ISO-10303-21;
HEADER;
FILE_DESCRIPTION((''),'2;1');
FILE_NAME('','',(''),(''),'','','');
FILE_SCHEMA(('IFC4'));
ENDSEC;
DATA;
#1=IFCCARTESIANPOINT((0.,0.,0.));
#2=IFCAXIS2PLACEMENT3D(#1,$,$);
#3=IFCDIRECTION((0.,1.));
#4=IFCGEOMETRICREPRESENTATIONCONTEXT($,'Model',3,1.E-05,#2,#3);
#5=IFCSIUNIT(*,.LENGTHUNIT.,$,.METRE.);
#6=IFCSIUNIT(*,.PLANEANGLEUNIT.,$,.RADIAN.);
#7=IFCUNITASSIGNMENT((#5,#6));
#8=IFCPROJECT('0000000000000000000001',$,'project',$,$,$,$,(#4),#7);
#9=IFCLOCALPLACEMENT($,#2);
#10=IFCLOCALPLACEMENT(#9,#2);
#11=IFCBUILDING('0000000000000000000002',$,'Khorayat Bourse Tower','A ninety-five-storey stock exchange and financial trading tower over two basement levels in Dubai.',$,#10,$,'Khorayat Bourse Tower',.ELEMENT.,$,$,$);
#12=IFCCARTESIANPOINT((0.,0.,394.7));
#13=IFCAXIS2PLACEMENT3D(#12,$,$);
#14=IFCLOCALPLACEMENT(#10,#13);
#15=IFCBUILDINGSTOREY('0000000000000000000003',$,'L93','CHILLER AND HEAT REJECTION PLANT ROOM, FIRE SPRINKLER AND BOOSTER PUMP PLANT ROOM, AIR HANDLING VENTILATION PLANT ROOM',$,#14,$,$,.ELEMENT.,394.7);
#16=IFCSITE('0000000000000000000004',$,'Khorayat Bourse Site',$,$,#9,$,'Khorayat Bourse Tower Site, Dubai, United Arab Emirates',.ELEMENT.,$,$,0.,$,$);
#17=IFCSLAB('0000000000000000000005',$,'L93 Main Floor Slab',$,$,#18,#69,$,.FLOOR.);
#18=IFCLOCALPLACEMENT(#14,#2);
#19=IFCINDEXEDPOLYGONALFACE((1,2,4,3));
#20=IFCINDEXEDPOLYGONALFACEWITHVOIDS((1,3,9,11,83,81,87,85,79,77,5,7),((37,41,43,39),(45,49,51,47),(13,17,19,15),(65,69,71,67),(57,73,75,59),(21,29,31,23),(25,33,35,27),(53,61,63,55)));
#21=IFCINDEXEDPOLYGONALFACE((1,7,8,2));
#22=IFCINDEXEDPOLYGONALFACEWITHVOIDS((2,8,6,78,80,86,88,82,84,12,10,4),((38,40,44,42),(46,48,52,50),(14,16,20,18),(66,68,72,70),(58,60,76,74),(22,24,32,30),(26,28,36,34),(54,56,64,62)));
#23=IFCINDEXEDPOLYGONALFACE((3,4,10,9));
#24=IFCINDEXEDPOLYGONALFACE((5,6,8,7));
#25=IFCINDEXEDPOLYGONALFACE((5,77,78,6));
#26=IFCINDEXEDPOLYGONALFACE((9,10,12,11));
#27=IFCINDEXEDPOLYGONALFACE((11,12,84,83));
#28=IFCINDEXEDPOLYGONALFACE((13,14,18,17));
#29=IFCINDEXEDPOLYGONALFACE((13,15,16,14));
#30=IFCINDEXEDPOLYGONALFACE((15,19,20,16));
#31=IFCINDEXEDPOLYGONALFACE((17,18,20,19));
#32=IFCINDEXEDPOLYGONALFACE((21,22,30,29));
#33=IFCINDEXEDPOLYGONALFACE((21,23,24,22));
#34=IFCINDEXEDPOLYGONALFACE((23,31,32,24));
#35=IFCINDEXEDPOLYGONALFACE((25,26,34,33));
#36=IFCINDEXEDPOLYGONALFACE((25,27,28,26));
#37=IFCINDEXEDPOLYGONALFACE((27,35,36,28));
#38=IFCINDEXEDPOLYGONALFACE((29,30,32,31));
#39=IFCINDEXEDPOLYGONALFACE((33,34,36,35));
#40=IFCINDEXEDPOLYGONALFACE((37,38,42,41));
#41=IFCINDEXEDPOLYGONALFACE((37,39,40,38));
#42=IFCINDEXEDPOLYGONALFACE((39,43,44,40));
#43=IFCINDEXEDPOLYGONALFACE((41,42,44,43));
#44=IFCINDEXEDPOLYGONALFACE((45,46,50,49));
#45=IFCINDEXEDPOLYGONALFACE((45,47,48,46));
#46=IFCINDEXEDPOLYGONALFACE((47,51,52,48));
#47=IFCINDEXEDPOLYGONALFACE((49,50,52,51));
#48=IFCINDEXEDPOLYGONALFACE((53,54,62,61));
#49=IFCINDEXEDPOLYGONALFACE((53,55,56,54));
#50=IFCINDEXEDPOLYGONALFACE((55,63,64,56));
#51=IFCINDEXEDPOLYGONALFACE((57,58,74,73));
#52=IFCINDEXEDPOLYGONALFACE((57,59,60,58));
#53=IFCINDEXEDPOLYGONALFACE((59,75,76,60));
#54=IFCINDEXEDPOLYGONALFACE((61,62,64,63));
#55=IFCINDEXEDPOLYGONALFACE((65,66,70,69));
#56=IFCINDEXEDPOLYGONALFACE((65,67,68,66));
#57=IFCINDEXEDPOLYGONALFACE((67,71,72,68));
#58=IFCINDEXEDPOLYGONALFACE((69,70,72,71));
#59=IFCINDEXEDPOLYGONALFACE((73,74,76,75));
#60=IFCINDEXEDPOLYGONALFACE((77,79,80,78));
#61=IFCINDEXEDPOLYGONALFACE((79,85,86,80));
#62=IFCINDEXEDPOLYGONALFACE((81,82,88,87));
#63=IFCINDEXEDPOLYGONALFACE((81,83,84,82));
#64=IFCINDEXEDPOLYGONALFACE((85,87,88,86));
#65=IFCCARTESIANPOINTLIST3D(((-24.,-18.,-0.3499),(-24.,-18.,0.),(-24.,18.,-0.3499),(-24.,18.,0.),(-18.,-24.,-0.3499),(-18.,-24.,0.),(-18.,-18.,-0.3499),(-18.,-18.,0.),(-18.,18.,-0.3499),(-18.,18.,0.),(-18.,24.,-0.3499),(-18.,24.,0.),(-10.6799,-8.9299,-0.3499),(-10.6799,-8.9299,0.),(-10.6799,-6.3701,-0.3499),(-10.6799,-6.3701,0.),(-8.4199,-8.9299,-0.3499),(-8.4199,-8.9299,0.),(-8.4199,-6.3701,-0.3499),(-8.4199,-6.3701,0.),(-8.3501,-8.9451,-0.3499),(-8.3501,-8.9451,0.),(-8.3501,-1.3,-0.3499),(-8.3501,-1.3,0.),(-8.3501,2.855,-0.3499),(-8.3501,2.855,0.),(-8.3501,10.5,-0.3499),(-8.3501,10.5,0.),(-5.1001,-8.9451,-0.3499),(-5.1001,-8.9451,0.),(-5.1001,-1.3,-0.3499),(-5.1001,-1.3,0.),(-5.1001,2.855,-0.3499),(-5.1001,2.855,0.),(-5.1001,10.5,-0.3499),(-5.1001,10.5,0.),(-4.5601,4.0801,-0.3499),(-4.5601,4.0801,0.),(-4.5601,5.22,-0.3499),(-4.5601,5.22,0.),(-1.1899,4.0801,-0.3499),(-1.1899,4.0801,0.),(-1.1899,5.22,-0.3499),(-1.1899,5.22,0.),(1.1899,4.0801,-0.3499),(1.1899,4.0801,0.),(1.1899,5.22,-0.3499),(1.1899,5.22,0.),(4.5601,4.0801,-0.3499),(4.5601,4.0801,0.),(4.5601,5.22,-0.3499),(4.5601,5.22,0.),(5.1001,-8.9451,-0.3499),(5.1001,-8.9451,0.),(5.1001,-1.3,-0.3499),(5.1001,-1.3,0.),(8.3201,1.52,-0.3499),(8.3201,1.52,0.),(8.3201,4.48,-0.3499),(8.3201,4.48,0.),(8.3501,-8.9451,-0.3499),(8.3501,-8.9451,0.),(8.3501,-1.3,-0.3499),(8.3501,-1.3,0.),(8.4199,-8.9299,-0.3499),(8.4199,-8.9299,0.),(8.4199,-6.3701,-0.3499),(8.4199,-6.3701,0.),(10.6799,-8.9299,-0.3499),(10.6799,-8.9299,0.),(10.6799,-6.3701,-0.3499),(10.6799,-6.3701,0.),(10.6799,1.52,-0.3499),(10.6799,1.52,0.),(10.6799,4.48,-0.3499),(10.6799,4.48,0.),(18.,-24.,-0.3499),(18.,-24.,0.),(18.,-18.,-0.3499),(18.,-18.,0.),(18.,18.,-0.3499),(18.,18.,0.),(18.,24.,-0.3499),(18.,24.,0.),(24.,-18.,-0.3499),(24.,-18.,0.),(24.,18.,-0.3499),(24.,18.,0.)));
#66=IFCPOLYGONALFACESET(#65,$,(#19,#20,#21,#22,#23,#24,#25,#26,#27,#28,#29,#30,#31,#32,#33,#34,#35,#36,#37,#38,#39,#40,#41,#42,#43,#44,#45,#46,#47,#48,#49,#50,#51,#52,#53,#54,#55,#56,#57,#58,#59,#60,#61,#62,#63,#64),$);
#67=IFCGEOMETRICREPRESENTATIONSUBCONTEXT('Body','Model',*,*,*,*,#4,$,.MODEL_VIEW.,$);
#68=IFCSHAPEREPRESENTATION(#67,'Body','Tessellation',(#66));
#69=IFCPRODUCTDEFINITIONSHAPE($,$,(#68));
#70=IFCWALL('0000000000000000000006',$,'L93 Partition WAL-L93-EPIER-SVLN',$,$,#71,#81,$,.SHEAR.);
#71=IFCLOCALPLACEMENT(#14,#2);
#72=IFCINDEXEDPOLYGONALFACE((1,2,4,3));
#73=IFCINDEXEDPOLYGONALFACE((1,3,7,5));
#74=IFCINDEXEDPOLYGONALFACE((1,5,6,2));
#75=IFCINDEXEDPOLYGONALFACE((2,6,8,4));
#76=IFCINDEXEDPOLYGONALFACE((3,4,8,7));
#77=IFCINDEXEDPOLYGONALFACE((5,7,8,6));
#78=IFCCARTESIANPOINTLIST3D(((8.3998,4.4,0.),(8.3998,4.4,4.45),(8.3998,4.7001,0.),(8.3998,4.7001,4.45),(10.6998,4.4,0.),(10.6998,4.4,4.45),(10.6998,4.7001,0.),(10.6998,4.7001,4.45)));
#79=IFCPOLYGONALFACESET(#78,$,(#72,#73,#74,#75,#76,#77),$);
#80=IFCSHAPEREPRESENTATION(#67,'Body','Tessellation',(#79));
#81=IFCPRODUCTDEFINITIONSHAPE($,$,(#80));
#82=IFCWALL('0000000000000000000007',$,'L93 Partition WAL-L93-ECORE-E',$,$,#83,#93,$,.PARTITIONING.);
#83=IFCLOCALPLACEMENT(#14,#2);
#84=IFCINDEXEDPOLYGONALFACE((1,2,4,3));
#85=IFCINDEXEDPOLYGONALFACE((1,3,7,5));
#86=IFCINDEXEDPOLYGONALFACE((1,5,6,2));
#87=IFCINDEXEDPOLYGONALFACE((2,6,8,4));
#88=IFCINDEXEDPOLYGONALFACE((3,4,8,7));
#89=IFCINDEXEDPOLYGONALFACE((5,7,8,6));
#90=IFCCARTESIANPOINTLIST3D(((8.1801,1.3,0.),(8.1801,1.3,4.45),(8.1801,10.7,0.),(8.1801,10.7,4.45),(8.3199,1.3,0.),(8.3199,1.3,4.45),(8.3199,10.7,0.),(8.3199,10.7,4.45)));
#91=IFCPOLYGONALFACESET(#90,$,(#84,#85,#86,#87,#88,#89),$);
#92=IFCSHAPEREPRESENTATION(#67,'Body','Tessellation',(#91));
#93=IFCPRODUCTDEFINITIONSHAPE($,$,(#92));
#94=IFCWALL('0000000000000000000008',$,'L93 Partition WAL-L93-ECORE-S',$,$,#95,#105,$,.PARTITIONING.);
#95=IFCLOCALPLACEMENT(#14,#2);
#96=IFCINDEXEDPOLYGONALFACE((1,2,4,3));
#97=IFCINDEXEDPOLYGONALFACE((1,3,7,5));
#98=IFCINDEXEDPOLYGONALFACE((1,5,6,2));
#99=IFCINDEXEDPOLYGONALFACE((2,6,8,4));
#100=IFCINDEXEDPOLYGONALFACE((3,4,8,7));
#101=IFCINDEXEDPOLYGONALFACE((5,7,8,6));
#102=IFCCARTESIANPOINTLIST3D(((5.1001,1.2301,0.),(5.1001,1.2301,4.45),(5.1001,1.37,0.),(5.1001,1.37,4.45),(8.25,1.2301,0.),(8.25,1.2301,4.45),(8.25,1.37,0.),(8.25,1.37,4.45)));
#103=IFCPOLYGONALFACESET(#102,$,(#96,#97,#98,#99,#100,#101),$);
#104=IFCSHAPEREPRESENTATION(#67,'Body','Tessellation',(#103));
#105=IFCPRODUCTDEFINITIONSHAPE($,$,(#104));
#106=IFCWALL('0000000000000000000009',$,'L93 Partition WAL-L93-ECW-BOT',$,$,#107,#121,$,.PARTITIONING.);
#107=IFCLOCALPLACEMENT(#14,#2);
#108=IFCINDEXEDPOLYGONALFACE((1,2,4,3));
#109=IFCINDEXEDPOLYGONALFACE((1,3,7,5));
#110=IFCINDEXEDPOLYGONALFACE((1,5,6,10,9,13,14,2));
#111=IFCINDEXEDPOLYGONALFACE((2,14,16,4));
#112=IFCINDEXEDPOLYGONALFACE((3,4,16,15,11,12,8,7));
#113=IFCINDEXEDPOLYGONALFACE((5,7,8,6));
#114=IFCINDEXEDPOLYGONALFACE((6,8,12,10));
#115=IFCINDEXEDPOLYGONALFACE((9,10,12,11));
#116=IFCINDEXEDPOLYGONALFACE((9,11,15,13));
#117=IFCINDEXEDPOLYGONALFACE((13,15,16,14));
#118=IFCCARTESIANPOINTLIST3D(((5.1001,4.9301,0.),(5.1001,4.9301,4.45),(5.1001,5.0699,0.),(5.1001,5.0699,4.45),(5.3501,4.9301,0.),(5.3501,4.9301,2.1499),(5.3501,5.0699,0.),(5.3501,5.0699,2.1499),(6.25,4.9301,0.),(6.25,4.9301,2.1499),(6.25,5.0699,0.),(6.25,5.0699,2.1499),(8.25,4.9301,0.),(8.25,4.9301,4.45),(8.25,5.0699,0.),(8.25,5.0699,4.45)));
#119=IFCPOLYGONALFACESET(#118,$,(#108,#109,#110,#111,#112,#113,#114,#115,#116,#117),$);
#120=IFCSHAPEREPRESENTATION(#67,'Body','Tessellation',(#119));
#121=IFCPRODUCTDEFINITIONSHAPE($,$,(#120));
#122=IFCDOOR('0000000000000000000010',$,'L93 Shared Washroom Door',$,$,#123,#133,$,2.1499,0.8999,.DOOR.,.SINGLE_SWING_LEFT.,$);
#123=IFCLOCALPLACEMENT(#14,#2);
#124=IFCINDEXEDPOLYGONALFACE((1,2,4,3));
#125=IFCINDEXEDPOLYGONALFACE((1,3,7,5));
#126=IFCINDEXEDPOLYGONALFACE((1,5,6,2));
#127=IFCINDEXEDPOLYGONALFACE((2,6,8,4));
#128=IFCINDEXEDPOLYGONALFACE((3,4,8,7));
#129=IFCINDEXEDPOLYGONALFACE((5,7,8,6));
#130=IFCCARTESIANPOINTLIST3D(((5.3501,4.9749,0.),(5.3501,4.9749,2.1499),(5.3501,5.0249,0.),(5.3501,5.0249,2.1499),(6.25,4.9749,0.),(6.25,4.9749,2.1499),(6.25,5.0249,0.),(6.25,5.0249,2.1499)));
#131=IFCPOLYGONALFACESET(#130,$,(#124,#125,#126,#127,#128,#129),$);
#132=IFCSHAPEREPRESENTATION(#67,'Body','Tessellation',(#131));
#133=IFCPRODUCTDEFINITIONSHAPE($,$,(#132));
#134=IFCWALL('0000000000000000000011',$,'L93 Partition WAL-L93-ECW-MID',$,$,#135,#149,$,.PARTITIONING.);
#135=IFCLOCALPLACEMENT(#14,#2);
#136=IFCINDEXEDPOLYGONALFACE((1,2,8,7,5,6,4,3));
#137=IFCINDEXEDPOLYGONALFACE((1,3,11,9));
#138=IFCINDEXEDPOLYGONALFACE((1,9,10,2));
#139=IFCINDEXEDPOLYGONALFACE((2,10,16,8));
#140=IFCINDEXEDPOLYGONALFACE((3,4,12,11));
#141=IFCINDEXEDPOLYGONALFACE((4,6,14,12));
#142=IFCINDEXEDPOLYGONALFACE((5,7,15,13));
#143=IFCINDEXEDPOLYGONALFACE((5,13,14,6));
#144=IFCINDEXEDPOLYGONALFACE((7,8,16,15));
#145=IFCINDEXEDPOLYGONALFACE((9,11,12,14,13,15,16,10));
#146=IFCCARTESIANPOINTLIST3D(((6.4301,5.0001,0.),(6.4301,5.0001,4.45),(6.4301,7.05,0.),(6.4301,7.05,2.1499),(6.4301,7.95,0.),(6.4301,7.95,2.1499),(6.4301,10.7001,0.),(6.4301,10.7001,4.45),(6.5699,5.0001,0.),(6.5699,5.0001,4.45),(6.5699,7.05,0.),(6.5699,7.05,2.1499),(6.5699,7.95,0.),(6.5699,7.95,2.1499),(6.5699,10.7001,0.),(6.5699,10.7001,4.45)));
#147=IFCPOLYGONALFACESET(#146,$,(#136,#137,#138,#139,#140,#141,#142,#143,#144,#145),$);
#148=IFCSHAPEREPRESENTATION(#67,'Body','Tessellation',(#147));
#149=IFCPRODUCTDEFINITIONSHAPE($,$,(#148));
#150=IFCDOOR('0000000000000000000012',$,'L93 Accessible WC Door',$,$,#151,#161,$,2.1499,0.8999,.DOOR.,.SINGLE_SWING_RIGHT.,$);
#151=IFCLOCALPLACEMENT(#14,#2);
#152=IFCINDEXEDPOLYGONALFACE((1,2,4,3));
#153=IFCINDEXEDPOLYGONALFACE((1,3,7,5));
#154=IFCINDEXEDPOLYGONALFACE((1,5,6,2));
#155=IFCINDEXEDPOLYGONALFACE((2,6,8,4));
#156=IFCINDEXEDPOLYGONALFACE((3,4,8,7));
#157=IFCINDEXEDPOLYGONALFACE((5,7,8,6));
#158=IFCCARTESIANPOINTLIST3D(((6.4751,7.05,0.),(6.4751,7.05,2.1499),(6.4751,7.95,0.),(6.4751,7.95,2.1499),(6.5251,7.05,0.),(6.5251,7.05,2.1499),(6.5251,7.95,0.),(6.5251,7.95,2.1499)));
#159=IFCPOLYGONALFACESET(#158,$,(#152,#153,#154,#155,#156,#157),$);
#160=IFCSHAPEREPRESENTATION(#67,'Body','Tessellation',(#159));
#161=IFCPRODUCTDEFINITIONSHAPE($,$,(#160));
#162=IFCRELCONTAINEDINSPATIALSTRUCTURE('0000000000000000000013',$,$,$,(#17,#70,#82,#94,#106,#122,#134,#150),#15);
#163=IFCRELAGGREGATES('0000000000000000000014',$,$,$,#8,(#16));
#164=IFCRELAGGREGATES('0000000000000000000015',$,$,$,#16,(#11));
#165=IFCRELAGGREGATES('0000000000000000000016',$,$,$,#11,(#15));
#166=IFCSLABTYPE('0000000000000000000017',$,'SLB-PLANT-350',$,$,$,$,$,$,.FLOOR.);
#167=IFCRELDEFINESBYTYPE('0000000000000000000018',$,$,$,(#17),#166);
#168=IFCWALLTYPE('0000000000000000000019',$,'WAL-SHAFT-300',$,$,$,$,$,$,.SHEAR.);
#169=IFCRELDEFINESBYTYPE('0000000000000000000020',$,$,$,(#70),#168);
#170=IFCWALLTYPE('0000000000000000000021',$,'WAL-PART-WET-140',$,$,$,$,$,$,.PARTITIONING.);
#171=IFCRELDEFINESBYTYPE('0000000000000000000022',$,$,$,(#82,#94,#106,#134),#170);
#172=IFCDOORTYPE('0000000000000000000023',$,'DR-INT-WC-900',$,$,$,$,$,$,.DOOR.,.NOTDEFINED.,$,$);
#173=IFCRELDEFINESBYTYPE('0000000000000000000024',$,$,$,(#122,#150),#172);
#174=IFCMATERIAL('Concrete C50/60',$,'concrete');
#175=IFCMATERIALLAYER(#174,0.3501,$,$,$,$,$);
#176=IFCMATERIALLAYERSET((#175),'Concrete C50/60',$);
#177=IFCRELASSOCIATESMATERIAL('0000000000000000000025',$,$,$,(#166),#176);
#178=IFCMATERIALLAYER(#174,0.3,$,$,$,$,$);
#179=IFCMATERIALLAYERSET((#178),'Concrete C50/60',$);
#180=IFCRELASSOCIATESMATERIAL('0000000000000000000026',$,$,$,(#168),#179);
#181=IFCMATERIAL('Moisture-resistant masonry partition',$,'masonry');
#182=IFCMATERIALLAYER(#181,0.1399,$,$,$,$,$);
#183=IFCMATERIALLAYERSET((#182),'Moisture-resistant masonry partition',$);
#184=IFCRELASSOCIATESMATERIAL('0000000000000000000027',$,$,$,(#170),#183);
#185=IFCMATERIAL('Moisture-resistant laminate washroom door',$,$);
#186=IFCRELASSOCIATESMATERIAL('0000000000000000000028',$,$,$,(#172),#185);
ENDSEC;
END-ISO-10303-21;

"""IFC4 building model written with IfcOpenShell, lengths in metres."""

from ifc_helpers import new_model, si_unit, direction, frame, frame_2d, origin, place, context, subcontext, project, spatial, polyline, rectangle, outline, extrude, source, transform, mapped, material, layer, layer_set, type_object, element, fill, save


model = new_model("IFC4")

# Units and contexts
model_context = context("Model", 3, precision=1e-05, world=origin(), true_north=direction((0.0, 1.0)))
body_context = subcontext(model_context, "Body", "Model", "MODEL_VIEW")
ifc_project = project(units=[si_unit("LENGTHUNIT", "METRE"), si_unit("PLANEANGLEUNIT", "RADIAN")], contexts=[model_context])

# Site, building, storey
site_placement = place(None, origin())
site = spatial("IfcSite", under=ifc_project, at=site_placement, Name="Khorayat Bourse Site", LongName="Khorayat Bourse Tower Site, Dubai, United Arab Emirates", CompositionType="ELEMENT", RefElevation=0.0)
building_placement = place(site_placement, origin())
building = spatial("IfcBuilding", under=site, at=building_placement, Name="Khorayat Bourse Tower", Description="A ninety-five-storey stock exchange and financial trading tower over two basement levels in Dubai.", LongName="Khorayat Bourse Tower", CompositionType="ELEMENT")
storey_placement = place(building_placement, frame((0.0, 0.0, 394.7)))
storey = spatial("IfcBuildingStorey", under=building, at=storey_placement, Name="L93", Description="CHILLER AND HEAT REJECTION PLANT ROOM, FIRE SPRINKLER AND BOOSTER PUMP PLANT ROOM, AIR HANDLING VENTILATION PLANT ROOM", CompositionType="ELEMENT", Elevation=394.7)

# Slab
ifc_material_1 = material(Name="Concrete C50/60", Category="concrete")
ifc_layer_1 = layer(ifc_material_1, 0.3501)
ifc_layer_set_1 = layer_set([ifc_layer_1], Name="Concrete C50/60")
slab_type_1 = type_object("IfcSlabType", Name="SLB-PLANT-350", PredefinedType="FLOOR", material=ifc_layer_set_1)
slab_1_placement = place(storey_placement, frame((0.0, 0.0, -0.3499)))
element("IfcSlab", 1, at=slab_1_placement, inside=storey, type_object=slab_type_1, Name="L93 Main Floor Slab", PredefinedType="FLOOR", context=body_context, shape_type="SweptSolid", body=[
    extrude(outline(polyline([(-18.0, -24.0), (18.0, -24.0), (18.0, -18.0), (24.0, -18.0), (24.0, 18.0), (18.0, 18.0), (18.0, 24.0), (-18.0, 24.0), (-18.0, 18.0), (-24.0, 18.0), (-24.0, -18.0), (-18.0, -18.0), (-18.0, -24.0)]), holes=[polyline([(-8.3501, -8.9451), (-5.1001, -8.9451), (-5.1001, -1.3), (-8.3501, -1.3), (-8.3501, -8.9451)]), polyline([(-8.3501, 2.855), (-5.1001, 2.855), (-5.1001, 10.5), (-8.3501, 10.5), (-8.3501, 2.855)]), polyline([(5.1001, -8.9451), (8.3501, -8.9451), (8.3501, -1.3), (5.1001, -1.3), (5.1001, -8.9451)]), polyline([(-10.6799, -8.9299), (-8.4199, -8.9299), (-8.4199, -6.3701), (-10.6799, -6.3701), (-10.6799, -8.9299)]), polyline([(8.4199, -8.9299), (10.6799, -8.9299), (10.6799, -6.3701), (8.4199, -6.3701), (8.4199, -8.9299)]), polyline([(8.3201, 1.52), (10.6799, 1.52), (10.6799, 4.48), (8.3201, 4.48), (8.3201, 1.52)]), polyline([(-4.5601, 4.0801), (-1.1899, 4.0801), (-1.1899, 5.22), (-4.5601, 5.22), (-4.5601, 4.0801)]), polyline([(1.1899, 4.0801), (4.5601, 4.0801), (4.5601, 5.22), (1.1899, 5.22), (1.1899, 4.0801)])]), origin(), (0.0, 0.0, 1.0), 0.3499),
])

# Walls
ifc_layer_2 = layer(ifc_material_1, 0.3)
ifc_layer_set_2 = layer_set([ifc_layer_2], Name="Concrete C50/60")
wall_type_1 = type_object("IfcWallType", Name="WAL-SHAFT-300", PredefinedType="SHEAR", material=ifc_layer_set_2)
shared_shape_1 = source(origin(), body_context, "Body", "SweptSolid", [
    extrude(rectangle(XDim=2.3, YDim=0.3, at=frame_2d((1.1499, 0.0))), origin(), (0.0, 0.0, 1.0), 4.45),
])
wall_1_placement = place(storey_placement, frame((8.3999, 4.55, 0.0), z_axis=(0.0, 0.0, 1.0), x_axis=(1.0, 0.0, 0.0)))
element("IfcWall", 2, at=wall_1_placement, inside=storey, type_object=wall_type_1, Name="L93 Partition WAL-L93-EPIER-SVLN", PredefinedType="SHEAR", context=body_context, shape_type="MappedRepresentation", body=[
    mapped(shared_shape_1, transform((0.0, 0.0, 0.0), scale=1.0)),
])
ifc_material_2 = material(Name="Moisture-resistant masonry partition", Category="masonry")
ifc_layer_3 = layer(ifc_material_2, 0.1399)
ifc_layer_set_3 = layer_set([ifc_layer_3], Name="Moisture-resistant masonry partition")
wall_type_2 = type_object("IfcWallType", Name="WAL-PART-WET-140", PredefinedType="PARTITIONING", material=ifc_layer_set_3)
shared_shape_2 = source(origin(), body_context, "Body", "SweptSolid", [
    extrude(rectangle(XDim=9.3999, YDim=0.1399, at=frame_2d((4.7, 0.0))), origin(), (0.0, 0.0, 1.0), 4.45),
])
wall_2_placement = place(storey_placement, frame((8.25, 1.3, 0.0), z_axis=(0.0, 0.0, 1.0), x_axis=(0.0, 1.0, 0.0)))
element("IfcWall", 3, at=wall_2_placement, inside=storey, type_object=wall_type_2, Name="L93 Partition WAL-L93-ECORE-E", PredefinedType="PARTITIONING", context=body_context, shape_type="MappedRepresentation", body=[
    mapped(shared_shape_2, transform((0.0, 0.0, 0.0), scale=1.0)),
])
shared_shape_3 = source(origin(), body_context, "Body", "SweptSolid", [
    extrude(rectangle(XDim=3.1499, YDim=0.1399, at=frame_2d((1.575, 0.0))), origin(), (0.0, 0.0, 1.0), 4.45),
])
wall_3_placement = place(storey_placement, frame((5.1001, 1.3, 0.0), z_axis=(0.0, 0.0, 1.0), x_axis=(1.0, 0.0, 0.0)))
element("IfcWall", 4, at=wall_3_placement, inside=storey, type_object=wall_type_2, Name="L93 Partition WAL-L93-ECORE-S", PredefinedType="PARTITIONING", context=body_context, shape_type="MappedRepresentation", body=[
    mapped(shared_shape_3, transform((0.0, 0.0, 0.0), scale=1.0)),
])

# Walls, openings, doors
wall_4_placement = place(storey_placement, frame((5.1001, 5.0, 0.0), z_axis=(0.0, 0.0, 1.0), x_axis=(1.0, 0.0, 0.0)))
wall_4 = element("IfcWall", 5, at=wall_4_placement, inside=storey, type_object=wall_type_2, Name="L93 Partition WAL-L93-ECW-BOT", PredefinedType="PARTITIONING", context=body_context, shape_type="MappedRepresentation", body=[
    mapped(shared_shape_3, transform((0.0, 0.0, 0.0), scale=1.0)),
])
shared_shape_4 = source(origin(), body_context, "Body", "SweptSolid", [
    extrude(rectangle(XDim=0.8999, YDim=2.1499, at=frame_2d((0.45, 1.075))), frame((0.0, 0.0798, 0.0), z_axis=(0.0, -1.0, 0.0), x_axis=(1.0, 0.0, 0.0)), (0.0, 0.0, 1.0), 0.1599),
])
opening_1_placement = place(wall_4_placement, frame((0.25, 0.0, 0.0)))
opening_1 = element("IfcOpeningElement", 6, at=opening_1_placement, cuts=wall_4, PredefinedType="OPENING", context=body_context, shape_type="MappedRepresentation", body=[
    mapped(shared_shape_4, transform((0.0, 0.0, 0.0), scale=1.0)),
])
ifc_material_3 = material(Name="Moisture-resistant laminate washroom door")
door_type = type_object("IfcDoorType", Name="DR-INT-WC-900", OperationType="NOTDEFINED", PredefinedType="DOOR", material=ifc_material_3)
shared_shape_5 = source(origin(), body_context, "Body", "SweptSolid", [
    extrude(rectangle(XDim=0.8999, YDim=2.1499, at=frame_2d((0.45, 1.075))), frame((0.0, 0.0249, 0.0), z_axis=(0.0, -1.0, 0.0), x_axis=(1.0, 0.0, 0.0)), (0.0, 0.0, 1.0), 0.05),
])
door_1_placement = place(opening_1_placement, origin())
door_1 = element("IfcDoor", 7, at=door_1_placement, inside=storey, type_object=door_type, Name="L93 Shared Washroom Door", OperationType="SINGLE_SWING_LEFT", OverallHeight=2.1499, OverallWidth=0.8999, PredefinedType="DOOR", context=body_context, shape_type="MappedRepresentation", body=[
    mapped(shared_shape_5, transform((0.0, 0.0, 0.0), scale=1.0)),
])
fill(opening_1, door_1)
shared_shape_6 = source(origin(), body_context, "Body", "SweptSolid", [
    extrude(rectangle(XDim=5.7, YDim=0.1399, at=frame_2d((2.8501, 0.0))), origin(), (0.0, 0.0, 1.0), 4.45),
])
wall_5_placement = place(storey_placement, frame((6.5, 5.0, 0.0), z_axis=(0.0, 0.0, 1.0), x_axis=(0.0, 1.0, 0.0)))
wall_5 = element("IfcWall", 8, at=wall_5_placement, inside=storey, type_object=wall_type_2, Name="L93 Partition WAL-L93-ECW-MID", PredefinedType="PARTITIONING", context=body_context, shape_type="MappedRepresentation", body=[
    mapped(shared_shape_6, transform((0.0, 0.0, 0.0), scale=1.0)),
])
opening_2_placement = place(wall_5_placement, frame((2.05, 0.0, 0.0)))
opening_2 = element("IfcOpeningElement", 9, at=opening_2_placement, cuts=wall_5, PredefinedType="OPENING", context=body_context, shape_type="MappedRepresentation", body=[
    mapped(shared_shape_4, transform((0.0, 0.0, 0.0), scale=1.0)),
])
door_2_placement = place(opening_2_placement, origin())
door_2 = element("IfcDoor", 10, at=door_2_placement, inside=storey, type_object=door_type, Name="L93 Accessible WC Door", OperationType="SINGLE_SWING_RIGHT", OverallHeight=2.1499, OverallWidth=0.8999, PredefinedType="DOOR", context=body_context, shape_type="MappedRepresentation", body=[
    mapped(shared_shape_5, transform((0.0, 0.0, 0.0), scale=1.0)),
])
fill(opening_2, door_2)

save(model, "model.ifc")
